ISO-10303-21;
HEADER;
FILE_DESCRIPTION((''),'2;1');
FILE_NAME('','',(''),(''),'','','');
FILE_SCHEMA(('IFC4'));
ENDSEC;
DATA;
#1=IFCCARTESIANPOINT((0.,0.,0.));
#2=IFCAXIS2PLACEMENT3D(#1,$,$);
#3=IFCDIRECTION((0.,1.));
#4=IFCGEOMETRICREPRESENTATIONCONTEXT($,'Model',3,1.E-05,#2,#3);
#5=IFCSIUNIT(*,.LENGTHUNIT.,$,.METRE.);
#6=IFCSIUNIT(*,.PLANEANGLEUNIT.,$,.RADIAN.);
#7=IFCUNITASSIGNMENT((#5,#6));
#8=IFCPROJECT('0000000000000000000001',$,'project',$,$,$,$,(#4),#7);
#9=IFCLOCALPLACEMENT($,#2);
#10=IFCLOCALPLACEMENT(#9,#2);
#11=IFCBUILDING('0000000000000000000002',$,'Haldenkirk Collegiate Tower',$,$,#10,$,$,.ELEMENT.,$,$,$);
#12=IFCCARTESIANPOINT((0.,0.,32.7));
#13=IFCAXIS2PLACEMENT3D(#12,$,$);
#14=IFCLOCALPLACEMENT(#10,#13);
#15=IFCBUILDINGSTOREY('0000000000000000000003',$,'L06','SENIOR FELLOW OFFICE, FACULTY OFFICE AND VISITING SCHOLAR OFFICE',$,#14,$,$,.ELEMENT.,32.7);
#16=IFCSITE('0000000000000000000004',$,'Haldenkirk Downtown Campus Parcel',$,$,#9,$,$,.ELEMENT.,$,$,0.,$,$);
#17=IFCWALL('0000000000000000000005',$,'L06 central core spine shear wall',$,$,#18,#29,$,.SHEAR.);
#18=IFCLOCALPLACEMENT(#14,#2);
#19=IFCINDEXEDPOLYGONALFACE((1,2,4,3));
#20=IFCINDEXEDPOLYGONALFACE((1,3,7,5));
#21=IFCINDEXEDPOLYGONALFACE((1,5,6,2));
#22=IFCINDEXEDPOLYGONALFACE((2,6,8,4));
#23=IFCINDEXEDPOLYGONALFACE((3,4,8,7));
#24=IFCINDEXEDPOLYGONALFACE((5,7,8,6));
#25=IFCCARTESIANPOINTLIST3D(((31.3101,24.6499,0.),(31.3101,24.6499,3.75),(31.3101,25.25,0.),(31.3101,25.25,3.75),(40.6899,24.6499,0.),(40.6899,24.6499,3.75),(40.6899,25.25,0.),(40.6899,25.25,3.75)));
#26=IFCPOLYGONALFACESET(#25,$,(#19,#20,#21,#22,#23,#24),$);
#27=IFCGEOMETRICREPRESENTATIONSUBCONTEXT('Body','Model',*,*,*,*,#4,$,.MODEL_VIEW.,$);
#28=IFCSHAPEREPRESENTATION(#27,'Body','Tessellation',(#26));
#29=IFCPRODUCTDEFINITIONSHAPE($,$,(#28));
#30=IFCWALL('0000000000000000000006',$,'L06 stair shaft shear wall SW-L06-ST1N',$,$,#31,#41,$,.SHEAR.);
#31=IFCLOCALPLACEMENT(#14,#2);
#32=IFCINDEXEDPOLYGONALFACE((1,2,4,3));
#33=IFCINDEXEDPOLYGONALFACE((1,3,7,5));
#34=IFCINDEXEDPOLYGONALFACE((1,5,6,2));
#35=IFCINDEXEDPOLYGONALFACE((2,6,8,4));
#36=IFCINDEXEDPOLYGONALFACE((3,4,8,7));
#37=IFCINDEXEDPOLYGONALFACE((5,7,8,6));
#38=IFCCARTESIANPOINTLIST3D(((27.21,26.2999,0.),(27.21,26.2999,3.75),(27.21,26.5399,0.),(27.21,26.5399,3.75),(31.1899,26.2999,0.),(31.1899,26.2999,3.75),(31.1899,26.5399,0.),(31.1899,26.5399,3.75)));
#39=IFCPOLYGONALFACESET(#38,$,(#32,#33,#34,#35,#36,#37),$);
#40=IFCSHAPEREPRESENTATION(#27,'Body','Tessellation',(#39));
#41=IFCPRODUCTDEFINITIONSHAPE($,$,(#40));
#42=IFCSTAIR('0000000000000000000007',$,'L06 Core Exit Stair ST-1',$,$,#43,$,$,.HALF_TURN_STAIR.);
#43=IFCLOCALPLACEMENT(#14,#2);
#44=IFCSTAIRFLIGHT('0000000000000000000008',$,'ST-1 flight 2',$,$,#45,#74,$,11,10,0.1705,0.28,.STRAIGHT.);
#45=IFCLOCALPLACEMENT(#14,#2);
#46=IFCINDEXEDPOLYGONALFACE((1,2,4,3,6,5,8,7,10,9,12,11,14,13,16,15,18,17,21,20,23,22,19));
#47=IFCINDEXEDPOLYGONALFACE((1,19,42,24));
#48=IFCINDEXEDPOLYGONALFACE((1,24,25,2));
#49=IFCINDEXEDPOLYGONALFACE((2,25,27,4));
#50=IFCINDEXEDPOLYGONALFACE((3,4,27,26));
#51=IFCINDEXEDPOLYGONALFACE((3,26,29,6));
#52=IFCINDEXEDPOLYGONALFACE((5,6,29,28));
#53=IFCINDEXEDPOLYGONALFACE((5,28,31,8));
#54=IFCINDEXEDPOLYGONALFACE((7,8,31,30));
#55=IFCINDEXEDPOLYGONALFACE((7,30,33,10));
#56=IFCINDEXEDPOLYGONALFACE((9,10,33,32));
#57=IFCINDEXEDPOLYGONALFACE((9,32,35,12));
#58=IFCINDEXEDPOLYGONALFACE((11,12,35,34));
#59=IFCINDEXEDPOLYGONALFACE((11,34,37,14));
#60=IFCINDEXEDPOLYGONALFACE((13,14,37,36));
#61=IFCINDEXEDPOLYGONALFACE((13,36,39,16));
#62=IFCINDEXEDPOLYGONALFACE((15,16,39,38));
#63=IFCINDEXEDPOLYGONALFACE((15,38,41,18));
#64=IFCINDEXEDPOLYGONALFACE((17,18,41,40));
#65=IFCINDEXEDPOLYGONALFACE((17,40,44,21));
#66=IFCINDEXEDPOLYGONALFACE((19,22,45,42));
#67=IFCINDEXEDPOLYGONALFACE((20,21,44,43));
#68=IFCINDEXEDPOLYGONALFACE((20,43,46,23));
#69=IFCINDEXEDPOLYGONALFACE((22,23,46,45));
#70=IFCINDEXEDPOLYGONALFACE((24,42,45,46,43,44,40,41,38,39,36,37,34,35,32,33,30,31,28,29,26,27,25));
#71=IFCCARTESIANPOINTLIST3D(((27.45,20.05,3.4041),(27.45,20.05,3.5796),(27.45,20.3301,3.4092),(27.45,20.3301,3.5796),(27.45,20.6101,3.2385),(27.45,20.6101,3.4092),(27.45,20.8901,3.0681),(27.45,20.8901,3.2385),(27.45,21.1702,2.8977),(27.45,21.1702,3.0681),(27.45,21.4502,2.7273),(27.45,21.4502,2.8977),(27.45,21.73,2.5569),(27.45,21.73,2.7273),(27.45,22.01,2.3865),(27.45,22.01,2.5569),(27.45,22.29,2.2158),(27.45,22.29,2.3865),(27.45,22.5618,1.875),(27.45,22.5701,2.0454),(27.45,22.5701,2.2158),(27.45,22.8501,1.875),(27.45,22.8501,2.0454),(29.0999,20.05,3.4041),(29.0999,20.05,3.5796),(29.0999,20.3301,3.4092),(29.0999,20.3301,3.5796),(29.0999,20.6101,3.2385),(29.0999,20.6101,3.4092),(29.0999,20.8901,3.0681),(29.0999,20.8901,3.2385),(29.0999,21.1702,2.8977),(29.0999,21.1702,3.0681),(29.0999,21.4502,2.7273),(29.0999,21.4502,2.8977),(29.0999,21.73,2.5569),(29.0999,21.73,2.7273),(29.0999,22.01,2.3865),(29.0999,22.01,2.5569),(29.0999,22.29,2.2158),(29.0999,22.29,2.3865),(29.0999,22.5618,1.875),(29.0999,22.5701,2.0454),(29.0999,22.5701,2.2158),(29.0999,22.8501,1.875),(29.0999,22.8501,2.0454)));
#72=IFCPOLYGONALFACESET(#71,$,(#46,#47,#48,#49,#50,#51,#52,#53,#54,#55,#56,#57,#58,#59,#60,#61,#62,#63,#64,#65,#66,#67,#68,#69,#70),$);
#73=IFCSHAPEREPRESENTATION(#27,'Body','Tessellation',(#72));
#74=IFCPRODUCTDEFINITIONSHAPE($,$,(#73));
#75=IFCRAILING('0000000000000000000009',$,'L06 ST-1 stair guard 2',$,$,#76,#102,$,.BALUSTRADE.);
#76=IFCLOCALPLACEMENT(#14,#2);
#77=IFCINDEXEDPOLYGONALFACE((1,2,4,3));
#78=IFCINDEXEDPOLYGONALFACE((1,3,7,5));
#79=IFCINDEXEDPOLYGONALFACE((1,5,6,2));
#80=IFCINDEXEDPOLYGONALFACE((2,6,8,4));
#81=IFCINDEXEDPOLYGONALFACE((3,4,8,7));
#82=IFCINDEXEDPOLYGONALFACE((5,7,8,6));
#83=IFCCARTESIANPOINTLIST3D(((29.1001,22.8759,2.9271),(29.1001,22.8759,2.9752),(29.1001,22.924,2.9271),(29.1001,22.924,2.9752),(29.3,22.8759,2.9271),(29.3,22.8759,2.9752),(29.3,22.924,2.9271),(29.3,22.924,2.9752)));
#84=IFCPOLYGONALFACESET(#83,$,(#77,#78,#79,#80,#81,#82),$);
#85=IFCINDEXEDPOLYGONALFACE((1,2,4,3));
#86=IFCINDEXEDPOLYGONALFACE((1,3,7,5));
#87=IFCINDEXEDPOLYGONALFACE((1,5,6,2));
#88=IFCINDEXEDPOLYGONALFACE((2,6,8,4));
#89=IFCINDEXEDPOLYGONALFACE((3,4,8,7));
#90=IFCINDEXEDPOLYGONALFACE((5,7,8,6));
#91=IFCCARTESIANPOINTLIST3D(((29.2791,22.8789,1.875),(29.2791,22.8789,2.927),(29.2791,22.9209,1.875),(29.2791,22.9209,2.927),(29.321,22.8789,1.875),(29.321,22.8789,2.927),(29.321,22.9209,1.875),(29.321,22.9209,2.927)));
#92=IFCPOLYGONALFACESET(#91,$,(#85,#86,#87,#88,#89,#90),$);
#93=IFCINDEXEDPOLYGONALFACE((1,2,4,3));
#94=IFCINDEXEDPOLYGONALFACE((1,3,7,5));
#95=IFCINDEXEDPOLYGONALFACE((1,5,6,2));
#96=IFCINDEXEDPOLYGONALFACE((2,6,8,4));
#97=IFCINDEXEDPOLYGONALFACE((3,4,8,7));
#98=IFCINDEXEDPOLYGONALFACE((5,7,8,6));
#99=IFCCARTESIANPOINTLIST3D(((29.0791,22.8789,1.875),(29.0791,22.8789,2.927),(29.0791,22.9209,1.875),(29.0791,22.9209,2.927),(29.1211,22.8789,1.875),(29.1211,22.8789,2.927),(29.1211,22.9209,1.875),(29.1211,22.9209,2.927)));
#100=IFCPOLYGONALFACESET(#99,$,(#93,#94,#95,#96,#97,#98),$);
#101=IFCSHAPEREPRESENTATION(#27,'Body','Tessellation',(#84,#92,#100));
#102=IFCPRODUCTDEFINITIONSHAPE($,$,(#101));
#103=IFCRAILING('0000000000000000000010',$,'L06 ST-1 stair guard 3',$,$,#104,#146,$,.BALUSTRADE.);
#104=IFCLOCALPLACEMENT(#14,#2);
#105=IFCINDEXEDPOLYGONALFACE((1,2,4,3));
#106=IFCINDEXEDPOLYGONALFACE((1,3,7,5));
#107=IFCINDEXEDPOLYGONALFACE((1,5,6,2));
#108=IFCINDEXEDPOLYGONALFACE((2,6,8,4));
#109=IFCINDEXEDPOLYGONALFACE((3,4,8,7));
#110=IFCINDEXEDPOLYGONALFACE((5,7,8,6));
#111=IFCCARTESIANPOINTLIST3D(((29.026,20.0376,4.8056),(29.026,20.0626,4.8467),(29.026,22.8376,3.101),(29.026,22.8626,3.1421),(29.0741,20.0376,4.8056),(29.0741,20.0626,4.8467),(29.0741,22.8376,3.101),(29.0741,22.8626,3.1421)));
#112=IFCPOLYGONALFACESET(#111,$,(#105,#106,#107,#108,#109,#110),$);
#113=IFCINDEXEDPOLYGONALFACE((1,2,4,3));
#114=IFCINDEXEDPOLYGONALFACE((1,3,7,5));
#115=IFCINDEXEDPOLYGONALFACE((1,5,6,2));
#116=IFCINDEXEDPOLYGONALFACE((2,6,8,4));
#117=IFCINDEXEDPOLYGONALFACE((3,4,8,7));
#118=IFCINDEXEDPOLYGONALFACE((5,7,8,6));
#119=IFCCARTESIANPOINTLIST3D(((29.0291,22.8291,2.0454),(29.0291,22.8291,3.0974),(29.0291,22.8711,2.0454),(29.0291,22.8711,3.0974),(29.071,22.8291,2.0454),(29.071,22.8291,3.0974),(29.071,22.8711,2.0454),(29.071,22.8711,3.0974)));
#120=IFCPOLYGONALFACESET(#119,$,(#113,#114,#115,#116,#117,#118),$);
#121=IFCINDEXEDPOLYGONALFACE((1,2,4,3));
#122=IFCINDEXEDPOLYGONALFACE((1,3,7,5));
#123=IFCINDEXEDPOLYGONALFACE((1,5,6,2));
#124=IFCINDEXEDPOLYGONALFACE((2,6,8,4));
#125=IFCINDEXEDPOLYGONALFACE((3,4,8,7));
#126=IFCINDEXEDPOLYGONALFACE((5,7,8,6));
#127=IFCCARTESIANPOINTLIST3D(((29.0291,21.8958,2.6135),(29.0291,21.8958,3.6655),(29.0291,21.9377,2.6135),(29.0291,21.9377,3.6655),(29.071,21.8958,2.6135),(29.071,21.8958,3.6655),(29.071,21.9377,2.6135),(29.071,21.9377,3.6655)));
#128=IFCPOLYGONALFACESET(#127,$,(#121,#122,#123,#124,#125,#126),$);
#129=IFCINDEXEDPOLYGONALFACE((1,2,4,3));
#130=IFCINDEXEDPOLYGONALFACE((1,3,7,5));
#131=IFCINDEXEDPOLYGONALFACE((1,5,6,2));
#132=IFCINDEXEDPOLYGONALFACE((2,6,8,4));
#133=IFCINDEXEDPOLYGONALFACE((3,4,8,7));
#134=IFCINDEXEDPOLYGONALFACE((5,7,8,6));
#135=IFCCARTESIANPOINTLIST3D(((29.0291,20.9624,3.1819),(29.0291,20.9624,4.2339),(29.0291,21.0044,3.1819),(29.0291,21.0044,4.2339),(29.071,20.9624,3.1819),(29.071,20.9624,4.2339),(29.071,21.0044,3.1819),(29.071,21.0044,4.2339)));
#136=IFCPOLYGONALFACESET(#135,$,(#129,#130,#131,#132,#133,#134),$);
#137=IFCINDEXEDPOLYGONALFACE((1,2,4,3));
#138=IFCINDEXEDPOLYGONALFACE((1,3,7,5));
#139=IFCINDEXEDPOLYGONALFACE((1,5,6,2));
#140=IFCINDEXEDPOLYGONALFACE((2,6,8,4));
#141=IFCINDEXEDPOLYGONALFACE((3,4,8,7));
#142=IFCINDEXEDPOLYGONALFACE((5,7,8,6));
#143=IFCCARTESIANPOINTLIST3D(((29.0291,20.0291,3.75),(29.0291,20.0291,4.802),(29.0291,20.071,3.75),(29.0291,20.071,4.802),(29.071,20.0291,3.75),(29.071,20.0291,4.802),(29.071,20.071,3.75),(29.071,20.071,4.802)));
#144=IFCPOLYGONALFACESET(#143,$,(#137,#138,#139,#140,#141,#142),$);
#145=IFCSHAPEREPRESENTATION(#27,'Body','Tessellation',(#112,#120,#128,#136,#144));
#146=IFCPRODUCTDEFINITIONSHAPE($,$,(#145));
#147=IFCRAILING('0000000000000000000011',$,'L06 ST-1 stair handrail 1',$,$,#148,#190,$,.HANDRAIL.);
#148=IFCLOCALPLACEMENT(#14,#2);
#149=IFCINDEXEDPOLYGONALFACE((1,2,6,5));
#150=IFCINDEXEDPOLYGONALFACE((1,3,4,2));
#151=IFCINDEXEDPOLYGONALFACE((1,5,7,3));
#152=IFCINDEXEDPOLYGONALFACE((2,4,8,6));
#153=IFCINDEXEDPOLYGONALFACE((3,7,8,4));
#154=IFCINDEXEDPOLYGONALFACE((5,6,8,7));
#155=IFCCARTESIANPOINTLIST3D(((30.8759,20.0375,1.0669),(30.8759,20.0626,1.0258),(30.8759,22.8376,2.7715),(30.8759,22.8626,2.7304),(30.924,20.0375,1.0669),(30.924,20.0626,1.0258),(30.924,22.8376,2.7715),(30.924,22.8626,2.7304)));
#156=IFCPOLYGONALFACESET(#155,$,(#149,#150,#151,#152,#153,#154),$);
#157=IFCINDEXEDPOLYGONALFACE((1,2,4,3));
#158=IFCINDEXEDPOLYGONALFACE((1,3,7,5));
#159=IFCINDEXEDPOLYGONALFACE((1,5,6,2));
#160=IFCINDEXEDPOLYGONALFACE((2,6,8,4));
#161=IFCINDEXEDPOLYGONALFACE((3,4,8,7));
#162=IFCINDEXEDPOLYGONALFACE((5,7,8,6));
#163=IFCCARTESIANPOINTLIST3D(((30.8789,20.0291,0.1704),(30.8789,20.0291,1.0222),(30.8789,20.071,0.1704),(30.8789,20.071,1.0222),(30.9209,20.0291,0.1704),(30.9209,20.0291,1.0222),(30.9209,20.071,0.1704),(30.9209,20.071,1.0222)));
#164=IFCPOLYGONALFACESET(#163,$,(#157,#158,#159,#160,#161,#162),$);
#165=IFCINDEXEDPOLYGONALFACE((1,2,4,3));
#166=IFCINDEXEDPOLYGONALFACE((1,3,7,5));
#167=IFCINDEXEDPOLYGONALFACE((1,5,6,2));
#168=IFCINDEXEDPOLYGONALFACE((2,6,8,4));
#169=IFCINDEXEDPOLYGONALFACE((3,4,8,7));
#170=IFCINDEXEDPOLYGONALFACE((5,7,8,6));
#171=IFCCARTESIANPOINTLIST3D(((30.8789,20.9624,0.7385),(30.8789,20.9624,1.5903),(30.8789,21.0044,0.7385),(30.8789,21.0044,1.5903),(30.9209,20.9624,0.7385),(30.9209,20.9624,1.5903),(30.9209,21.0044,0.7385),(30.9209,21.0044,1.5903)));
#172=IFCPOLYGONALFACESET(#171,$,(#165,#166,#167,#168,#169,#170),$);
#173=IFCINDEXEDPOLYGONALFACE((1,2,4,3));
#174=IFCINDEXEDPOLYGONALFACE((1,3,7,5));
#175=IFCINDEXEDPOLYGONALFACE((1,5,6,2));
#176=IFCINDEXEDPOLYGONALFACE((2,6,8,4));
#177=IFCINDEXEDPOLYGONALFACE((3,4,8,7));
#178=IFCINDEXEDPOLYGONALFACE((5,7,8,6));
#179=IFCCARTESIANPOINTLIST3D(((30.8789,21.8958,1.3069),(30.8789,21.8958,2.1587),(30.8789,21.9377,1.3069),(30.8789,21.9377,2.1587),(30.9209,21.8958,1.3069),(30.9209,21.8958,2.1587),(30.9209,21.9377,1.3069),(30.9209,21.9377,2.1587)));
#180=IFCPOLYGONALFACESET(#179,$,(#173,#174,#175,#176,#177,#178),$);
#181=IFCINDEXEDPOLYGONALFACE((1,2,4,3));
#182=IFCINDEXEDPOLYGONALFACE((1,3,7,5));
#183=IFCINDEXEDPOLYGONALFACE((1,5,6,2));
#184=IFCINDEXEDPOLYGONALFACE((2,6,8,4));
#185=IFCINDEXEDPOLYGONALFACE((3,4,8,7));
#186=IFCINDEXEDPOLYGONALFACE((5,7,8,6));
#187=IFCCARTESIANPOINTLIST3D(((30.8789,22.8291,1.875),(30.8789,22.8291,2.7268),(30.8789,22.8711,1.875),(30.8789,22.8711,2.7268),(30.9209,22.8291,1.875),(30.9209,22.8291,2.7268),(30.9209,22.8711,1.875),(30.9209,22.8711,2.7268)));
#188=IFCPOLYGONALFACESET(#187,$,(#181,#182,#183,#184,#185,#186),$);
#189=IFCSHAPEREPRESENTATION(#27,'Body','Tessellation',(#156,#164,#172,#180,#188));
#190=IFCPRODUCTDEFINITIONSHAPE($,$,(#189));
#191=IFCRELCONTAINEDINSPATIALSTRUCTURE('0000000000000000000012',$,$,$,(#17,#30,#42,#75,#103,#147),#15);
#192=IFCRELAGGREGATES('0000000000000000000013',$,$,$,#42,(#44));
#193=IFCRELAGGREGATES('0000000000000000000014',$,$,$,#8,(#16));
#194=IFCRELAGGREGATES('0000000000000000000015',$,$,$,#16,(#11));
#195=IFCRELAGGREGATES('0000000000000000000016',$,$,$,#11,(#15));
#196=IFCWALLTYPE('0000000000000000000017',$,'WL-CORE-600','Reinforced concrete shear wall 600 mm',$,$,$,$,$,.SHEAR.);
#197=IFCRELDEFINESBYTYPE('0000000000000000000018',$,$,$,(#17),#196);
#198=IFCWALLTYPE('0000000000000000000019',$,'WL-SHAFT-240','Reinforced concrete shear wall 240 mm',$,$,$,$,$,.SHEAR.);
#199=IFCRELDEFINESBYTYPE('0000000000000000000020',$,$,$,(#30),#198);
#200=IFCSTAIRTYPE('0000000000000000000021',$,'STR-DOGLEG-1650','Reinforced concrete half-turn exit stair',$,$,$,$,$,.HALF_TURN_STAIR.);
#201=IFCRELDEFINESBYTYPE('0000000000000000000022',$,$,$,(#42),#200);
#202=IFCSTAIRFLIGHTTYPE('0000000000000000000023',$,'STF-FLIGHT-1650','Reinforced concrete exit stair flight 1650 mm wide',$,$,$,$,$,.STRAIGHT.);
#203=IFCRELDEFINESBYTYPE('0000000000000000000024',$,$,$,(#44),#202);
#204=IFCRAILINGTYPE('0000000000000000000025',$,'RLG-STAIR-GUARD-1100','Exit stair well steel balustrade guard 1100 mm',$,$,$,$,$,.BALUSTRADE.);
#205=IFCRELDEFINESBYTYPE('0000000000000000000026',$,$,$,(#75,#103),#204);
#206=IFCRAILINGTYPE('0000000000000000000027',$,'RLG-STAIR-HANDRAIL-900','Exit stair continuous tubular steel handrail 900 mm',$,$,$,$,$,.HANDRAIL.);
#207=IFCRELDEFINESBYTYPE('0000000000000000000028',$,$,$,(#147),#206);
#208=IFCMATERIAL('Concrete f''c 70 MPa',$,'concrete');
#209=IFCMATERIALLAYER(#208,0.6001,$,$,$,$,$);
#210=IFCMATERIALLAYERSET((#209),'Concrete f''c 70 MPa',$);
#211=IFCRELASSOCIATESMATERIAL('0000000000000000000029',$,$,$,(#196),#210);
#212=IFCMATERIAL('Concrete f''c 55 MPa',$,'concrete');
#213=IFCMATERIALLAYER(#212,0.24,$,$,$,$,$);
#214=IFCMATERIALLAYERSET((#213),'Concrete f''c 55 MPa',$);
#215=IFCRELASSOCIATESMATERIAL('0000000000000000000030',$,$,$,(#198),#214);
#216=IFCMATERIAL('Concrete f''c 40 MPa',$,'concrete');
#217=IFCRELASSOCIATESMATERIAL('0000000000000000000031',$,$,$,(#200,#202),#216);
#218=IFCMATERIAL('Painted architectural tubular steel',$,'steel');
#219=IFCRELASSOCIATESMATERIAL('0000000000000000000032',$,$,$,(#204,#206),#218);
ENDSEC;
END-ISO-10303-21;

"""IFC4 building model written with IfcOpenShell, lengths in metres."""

from ifc_helpers import new_model, si_unit, direction, frame, frame_2d, origin, origin_2d, place, context, subcontext, project, spatial, polyline, rectangle, outline, extrude, material, layer, layer_set, type_object, element, aggregate, save


model = new_model("IFC4")

# Units and contexts
model_context = context("Model", 3, precision=1e-05, world=origin(), true_north=direction((0.0, 1.0)))
body_context = subcontext(model_context, "Body", "Model", "MODEL_VIEW")
ifc_project = project(units=[si_unit("LENGTHUNIT", "METRE"), si_unit("PLANEANGLEUNIT", "RADIAN")], contexts=[model_context])

# Site, building, storey
site_placement = place(None, origin())
site = spatial("IfcSite", under=ifc_project, at=site_placement, Name="Haldenkirk Downtown Campus Parcel", CompositionType="ELEMENT", RefElevation=0.0)
building_placement = place(site_placement, origin())
building = spatial("IfcBuilding", under=site, at=building_placement, Name="Haldenkirk Collegiate Tower", CompositionType="ELEMENT")
storey_placement = place(building_placement, frame((0.0, 0.0, 32.7)))
storey = spatial("IfcBuildingStorey", under=building, at=storey_placement, Name="L06", Description="SENIOR FELLOW OFFICE, FACULTY OFFICE AND VISITING SCHOLAR OFFICE", CompositionType="ELEMENT", Elevation=32.7)

# Wall
ifc_material_1 = material(Name="Concrete f'c 70 MPa", Category="concrete")
ifc_layer_1 = layer(ifc_material_1, 0.6001)
ifc_layer_set_1 = layer_set([ifc_layer_1], Name="Concrete f'c 70 MPa")
wall_type_1 = type_object("IfcWallType", Name="WL-CORE-600", Description="Reinforced concrete shear wall 600 mm", PredefinedType="SHEAR", material=ifc_layer_set_1)
wall_1_placement = place(storey_placement, frame((31.3101, 24.95, 0.0), z_axis=(0.0, 0.0, 1.0), x_axis=(1.0, 0.0, 0.0)))
element("IfcWall", 1, at=wall_1_placement, inside=storey, type_object=wall_type_1, Name="L06 central core spine shear wall", PredefinedType="SHEAR", context=body_context, shape_type="SweptSolid", body=[
    extrude(rectangle(XDim=9.3799, YDim=0.6001, at=frame_2d((4.6899, 0.0))), origin(), (0.0, 0.0, 1.0), 3.75),
])

# Wall
ifc_material_2 = material(Name="Concrete f'c 55 MPa", Category="concrete")
ifc_layer_2 = layer(ifc_material_2, 0.24)
ifc_layer_set_2 = layer_set([ifc_layer_2], Name="Concrete f'c 55 MPa")
wall_type_2 = type_object("IfcWallType", Name="WL-SHAFT-240", Description="Reinforced concrete shear wall 240 mm", PredefinedType="SHEAR", material=ifc_layer_set_2)
wall_2_placement = place(storey_placement, frame((27.21, 26.4199, 0.0), z_axis=(0.0, 0.0, 1.0), x_axis=(1.0, 0.0, 0.0)))
element("IfcWall", 2, at=wall_2_placement, inside=storey, type_object=wall_type_2, Name="L06 stair shaft shear wall SW-L06-ST1N", PredefinedType="SHEAR", context=body_context, shape_type="SweptSolid", body=[
    extrude(rectangle(XDim=3.98, YDim=0.24, at=frame_2d((1.99, 0.0))), origin(), (0.0, 0.0, 1.0), 3.75),
])

# Stair, stair flight
ifc_material_3 = material(Name="Concrete f'c 40 MPa", Category="concrete")
stair_type = type_object("IfcStairType", Name="STR-DOGLEG-1650", Description="Reinforced concrete half-turn exit stair", PredefinedType="HALF_TURN_STAIR", material=ifc_material_3)
stair_placement = place(storey_placement, origin())
stair = element("IfcStair", 3, at=stair_placement, inside=storey, type_object=stair_type, Name="L06 Core Exit Stair ST-1", PredefinedType="HALF_TURN_STAIR")
stair_flight_type = type_object("IfcStairFlightType", Name="STF-FLIGHT-1650", Description="Reinforced concrete exit stair flight 1650 mm wide", PredefinedType="STRAIGHT", material=ifc_material_3)
stair_flight_placement = place(storey_placement, frame((28.2749, 22.8501, 1.875), z_axis=(0.0, 0.0, 1.0), x_axis=(0.0, -1.0, 0.0)))
stair_flight = element("IfcStairFlight", 4, at=stair_flight_placement, type_object=stair_flight_type, Name="ST-1 flight 2", NumberOfRisers=11, NumberOfTreads=10, PredefinedType="STRAIGHT", RiserHeight=0.1705, TreadLength=0.28, context=body_context, shape_type="SweptSolid", body=[
    extrude(outline(polyline([(0.0, 0.0), (0.0, 0.1704), (0.28, 0.1704), (0.28, 0.3408), (0.5601, 0.3408), (0.5601, 0.5115), (0.8401, 0.5115), (0.8401, 0.6819), (1.1201, 0.6819), (1.1201, 0.8523), (1.3999, 0.8523), (1.3999, 1.0227), (1.6799, 1.0227), (1.6799, 1.1931), (1.96, 1.1931), (1.96, 1.3635), (2.24, 1.3635), (2.24, 1.5342), (2.52, 1.5342), (2.52, 1.7046), (2.8, 1.7046), (2.8, 1.875), (2.8, 1.5291), (0.2883, 0.0), (0.0, 0.0)])), frame((0.0, 0.825, 0.0), z_axis=(0.0, -1.0, 0.0), x_axis=(1.0, 0.0, 0.0)), (0.0, 0.0, 1.0), 1.6499),
])
aggregate(stair, [stair_flight])

# Railings
ifc_material_4 = material(Name="Painted architectural tubular steel", Category="steel")
railing_type_1 = type_object("IfcRailingType", Name="RLG-STAIR-GUARD-1100", Description="Exit stair well steel balustrade guard 1100 mm", PredefinedType="BALUSTRADE", material=ifc_material_4)
railing_1_placement = place(storey_placement, frame((29.3, 22.8999, 1.875)))
element("IfcRailing", 5, at=railing_1_placement, inside=storey, type_object=railing_type_1, Name="L06 ST-1 stair guard 2", PredefinedType="BALUSTRADE", context=body_context, shape_type="SweptSolid", body=[
    extrude(rectangle(XDim=0.0481, YDim=0.0481, at=origin_2d()), frame((0.0, 0.0, 1.0762), z_axis=(-1.0, 0.0, 0.0), x_axis=(0.0, -1.0, 0.0)), (0.0, 0.0, 1.0), 0.2),
    extrude(rectangle(XDim=0.042, YDim=0.042, at=origin_2d()), origin(), (0.0, 0.0, 1.0), 1.052),
    extrude(rectangle(XDim=0.042, YDim=0.042, at=origin_2d()), frame((-0.2, 0.0, 0.0)), (0.0, 0.0, 1.0), 1.052),
])
railing_2_placement = place(storey_placement, frame((29.05, 22.8501, 2.0454)))
element("IfcRailing", 6, at=railing_2_placement, inside=storey, type_object=railing_type_1, Name="L06 ST-1 stair guard 3", PredefinedType="BALUSTRADE", context=body_context, shape_type="SweptSolid", body=[
    extrude(rectangle(XDim=0.0481, YDim=0.0481, at=origin_2d()), frame((0.0, 0.0, 1.0762), z_axis=(0.0, -0.85417, 0.519994), x_axis=(1.0, 0.0, 0.0)), (0.0, 0.0, 1.0), 3.2781),
    extrude(rectangle(XDim=0.042, YDim=0.042, at=origin_2d()), origin(), (0.0, 0.0, 1.0), 1.052),
    extrude(rectangle(XDim=0.042, YDim=0.042, at=origin_2d()), frame((0.0, -0.9333, 0.5681)), (0.0, 0.0, 1.0), 1.052),
    extrude(rectangle(XDim=0.042, YDim=0.042, at=origin_2d()), frame((0.0, -1.8667, 1.1365)), (0.0, 0.0, 1.0), 1.052),
    extrude(rectangle(XDim=0.042, YDim=0.042, at=origin_2d()), frame((0.0, -2.8, 1.7046)), (0.0, 0.0, 1.0), 1.052),
])
railing_type_2 = type_object("IfcRailingType", Name="RLG-STAIR-HANDRAIL-900", Description="Exit stair continuous tubular steel handrail 900 mm", PredefinedType="HANDRAIL", material=ifc_material_4)
railing_3_placement = place(storey_placement, frame((30.8999, 20.05, 0.1704)))
element("IfcRailing", 7, at=railing_3_placement, inside=storey, type_object=railing_type_2, Name="L06 ST-1 stair handrail 1", PredefinedType="HANDRAIL", context=body_context, shape_type="SweptSolid", body=[
    extrude(rectangle(XDim=0.0481, YDim=0.0481, at=origin_2d()), frame((0.0, 0.0, 0.876), z_axis=(0.0, 0.85417, 0.519994), x_axis=(-1.0, 0.0, 0.0)), (0.0, 0.0, 1.0), 3.2781),
    extrude(rectangle(XDim=0.042, YDim=0.042, at=origin_2d()), origin(), (0.0, 0.0, 1.0), 0.8518),
    extrude(rectangle(XDim=0.042, YDim=0.042, at=origin_2d()), frame((0.0, 0.9333, 0.5681)), (0.0, 0.0, 1.0), 0.8518),
    extrude(rectangle(XDim=0.042, YDim=0.042, at=origin_2d()), frame((0.0, 1.8667, 1.1365)), (0.0, 0.0, 1.0), 0.8518),
    extrude(rectangle(XDim=0.042, YDim=0.042, at=origin_2d()), frame((0.0, 2.8, 1.7046)), (0.0, 0.0, 1.0), 0.8518),
])

save(model, "model.ifc")
